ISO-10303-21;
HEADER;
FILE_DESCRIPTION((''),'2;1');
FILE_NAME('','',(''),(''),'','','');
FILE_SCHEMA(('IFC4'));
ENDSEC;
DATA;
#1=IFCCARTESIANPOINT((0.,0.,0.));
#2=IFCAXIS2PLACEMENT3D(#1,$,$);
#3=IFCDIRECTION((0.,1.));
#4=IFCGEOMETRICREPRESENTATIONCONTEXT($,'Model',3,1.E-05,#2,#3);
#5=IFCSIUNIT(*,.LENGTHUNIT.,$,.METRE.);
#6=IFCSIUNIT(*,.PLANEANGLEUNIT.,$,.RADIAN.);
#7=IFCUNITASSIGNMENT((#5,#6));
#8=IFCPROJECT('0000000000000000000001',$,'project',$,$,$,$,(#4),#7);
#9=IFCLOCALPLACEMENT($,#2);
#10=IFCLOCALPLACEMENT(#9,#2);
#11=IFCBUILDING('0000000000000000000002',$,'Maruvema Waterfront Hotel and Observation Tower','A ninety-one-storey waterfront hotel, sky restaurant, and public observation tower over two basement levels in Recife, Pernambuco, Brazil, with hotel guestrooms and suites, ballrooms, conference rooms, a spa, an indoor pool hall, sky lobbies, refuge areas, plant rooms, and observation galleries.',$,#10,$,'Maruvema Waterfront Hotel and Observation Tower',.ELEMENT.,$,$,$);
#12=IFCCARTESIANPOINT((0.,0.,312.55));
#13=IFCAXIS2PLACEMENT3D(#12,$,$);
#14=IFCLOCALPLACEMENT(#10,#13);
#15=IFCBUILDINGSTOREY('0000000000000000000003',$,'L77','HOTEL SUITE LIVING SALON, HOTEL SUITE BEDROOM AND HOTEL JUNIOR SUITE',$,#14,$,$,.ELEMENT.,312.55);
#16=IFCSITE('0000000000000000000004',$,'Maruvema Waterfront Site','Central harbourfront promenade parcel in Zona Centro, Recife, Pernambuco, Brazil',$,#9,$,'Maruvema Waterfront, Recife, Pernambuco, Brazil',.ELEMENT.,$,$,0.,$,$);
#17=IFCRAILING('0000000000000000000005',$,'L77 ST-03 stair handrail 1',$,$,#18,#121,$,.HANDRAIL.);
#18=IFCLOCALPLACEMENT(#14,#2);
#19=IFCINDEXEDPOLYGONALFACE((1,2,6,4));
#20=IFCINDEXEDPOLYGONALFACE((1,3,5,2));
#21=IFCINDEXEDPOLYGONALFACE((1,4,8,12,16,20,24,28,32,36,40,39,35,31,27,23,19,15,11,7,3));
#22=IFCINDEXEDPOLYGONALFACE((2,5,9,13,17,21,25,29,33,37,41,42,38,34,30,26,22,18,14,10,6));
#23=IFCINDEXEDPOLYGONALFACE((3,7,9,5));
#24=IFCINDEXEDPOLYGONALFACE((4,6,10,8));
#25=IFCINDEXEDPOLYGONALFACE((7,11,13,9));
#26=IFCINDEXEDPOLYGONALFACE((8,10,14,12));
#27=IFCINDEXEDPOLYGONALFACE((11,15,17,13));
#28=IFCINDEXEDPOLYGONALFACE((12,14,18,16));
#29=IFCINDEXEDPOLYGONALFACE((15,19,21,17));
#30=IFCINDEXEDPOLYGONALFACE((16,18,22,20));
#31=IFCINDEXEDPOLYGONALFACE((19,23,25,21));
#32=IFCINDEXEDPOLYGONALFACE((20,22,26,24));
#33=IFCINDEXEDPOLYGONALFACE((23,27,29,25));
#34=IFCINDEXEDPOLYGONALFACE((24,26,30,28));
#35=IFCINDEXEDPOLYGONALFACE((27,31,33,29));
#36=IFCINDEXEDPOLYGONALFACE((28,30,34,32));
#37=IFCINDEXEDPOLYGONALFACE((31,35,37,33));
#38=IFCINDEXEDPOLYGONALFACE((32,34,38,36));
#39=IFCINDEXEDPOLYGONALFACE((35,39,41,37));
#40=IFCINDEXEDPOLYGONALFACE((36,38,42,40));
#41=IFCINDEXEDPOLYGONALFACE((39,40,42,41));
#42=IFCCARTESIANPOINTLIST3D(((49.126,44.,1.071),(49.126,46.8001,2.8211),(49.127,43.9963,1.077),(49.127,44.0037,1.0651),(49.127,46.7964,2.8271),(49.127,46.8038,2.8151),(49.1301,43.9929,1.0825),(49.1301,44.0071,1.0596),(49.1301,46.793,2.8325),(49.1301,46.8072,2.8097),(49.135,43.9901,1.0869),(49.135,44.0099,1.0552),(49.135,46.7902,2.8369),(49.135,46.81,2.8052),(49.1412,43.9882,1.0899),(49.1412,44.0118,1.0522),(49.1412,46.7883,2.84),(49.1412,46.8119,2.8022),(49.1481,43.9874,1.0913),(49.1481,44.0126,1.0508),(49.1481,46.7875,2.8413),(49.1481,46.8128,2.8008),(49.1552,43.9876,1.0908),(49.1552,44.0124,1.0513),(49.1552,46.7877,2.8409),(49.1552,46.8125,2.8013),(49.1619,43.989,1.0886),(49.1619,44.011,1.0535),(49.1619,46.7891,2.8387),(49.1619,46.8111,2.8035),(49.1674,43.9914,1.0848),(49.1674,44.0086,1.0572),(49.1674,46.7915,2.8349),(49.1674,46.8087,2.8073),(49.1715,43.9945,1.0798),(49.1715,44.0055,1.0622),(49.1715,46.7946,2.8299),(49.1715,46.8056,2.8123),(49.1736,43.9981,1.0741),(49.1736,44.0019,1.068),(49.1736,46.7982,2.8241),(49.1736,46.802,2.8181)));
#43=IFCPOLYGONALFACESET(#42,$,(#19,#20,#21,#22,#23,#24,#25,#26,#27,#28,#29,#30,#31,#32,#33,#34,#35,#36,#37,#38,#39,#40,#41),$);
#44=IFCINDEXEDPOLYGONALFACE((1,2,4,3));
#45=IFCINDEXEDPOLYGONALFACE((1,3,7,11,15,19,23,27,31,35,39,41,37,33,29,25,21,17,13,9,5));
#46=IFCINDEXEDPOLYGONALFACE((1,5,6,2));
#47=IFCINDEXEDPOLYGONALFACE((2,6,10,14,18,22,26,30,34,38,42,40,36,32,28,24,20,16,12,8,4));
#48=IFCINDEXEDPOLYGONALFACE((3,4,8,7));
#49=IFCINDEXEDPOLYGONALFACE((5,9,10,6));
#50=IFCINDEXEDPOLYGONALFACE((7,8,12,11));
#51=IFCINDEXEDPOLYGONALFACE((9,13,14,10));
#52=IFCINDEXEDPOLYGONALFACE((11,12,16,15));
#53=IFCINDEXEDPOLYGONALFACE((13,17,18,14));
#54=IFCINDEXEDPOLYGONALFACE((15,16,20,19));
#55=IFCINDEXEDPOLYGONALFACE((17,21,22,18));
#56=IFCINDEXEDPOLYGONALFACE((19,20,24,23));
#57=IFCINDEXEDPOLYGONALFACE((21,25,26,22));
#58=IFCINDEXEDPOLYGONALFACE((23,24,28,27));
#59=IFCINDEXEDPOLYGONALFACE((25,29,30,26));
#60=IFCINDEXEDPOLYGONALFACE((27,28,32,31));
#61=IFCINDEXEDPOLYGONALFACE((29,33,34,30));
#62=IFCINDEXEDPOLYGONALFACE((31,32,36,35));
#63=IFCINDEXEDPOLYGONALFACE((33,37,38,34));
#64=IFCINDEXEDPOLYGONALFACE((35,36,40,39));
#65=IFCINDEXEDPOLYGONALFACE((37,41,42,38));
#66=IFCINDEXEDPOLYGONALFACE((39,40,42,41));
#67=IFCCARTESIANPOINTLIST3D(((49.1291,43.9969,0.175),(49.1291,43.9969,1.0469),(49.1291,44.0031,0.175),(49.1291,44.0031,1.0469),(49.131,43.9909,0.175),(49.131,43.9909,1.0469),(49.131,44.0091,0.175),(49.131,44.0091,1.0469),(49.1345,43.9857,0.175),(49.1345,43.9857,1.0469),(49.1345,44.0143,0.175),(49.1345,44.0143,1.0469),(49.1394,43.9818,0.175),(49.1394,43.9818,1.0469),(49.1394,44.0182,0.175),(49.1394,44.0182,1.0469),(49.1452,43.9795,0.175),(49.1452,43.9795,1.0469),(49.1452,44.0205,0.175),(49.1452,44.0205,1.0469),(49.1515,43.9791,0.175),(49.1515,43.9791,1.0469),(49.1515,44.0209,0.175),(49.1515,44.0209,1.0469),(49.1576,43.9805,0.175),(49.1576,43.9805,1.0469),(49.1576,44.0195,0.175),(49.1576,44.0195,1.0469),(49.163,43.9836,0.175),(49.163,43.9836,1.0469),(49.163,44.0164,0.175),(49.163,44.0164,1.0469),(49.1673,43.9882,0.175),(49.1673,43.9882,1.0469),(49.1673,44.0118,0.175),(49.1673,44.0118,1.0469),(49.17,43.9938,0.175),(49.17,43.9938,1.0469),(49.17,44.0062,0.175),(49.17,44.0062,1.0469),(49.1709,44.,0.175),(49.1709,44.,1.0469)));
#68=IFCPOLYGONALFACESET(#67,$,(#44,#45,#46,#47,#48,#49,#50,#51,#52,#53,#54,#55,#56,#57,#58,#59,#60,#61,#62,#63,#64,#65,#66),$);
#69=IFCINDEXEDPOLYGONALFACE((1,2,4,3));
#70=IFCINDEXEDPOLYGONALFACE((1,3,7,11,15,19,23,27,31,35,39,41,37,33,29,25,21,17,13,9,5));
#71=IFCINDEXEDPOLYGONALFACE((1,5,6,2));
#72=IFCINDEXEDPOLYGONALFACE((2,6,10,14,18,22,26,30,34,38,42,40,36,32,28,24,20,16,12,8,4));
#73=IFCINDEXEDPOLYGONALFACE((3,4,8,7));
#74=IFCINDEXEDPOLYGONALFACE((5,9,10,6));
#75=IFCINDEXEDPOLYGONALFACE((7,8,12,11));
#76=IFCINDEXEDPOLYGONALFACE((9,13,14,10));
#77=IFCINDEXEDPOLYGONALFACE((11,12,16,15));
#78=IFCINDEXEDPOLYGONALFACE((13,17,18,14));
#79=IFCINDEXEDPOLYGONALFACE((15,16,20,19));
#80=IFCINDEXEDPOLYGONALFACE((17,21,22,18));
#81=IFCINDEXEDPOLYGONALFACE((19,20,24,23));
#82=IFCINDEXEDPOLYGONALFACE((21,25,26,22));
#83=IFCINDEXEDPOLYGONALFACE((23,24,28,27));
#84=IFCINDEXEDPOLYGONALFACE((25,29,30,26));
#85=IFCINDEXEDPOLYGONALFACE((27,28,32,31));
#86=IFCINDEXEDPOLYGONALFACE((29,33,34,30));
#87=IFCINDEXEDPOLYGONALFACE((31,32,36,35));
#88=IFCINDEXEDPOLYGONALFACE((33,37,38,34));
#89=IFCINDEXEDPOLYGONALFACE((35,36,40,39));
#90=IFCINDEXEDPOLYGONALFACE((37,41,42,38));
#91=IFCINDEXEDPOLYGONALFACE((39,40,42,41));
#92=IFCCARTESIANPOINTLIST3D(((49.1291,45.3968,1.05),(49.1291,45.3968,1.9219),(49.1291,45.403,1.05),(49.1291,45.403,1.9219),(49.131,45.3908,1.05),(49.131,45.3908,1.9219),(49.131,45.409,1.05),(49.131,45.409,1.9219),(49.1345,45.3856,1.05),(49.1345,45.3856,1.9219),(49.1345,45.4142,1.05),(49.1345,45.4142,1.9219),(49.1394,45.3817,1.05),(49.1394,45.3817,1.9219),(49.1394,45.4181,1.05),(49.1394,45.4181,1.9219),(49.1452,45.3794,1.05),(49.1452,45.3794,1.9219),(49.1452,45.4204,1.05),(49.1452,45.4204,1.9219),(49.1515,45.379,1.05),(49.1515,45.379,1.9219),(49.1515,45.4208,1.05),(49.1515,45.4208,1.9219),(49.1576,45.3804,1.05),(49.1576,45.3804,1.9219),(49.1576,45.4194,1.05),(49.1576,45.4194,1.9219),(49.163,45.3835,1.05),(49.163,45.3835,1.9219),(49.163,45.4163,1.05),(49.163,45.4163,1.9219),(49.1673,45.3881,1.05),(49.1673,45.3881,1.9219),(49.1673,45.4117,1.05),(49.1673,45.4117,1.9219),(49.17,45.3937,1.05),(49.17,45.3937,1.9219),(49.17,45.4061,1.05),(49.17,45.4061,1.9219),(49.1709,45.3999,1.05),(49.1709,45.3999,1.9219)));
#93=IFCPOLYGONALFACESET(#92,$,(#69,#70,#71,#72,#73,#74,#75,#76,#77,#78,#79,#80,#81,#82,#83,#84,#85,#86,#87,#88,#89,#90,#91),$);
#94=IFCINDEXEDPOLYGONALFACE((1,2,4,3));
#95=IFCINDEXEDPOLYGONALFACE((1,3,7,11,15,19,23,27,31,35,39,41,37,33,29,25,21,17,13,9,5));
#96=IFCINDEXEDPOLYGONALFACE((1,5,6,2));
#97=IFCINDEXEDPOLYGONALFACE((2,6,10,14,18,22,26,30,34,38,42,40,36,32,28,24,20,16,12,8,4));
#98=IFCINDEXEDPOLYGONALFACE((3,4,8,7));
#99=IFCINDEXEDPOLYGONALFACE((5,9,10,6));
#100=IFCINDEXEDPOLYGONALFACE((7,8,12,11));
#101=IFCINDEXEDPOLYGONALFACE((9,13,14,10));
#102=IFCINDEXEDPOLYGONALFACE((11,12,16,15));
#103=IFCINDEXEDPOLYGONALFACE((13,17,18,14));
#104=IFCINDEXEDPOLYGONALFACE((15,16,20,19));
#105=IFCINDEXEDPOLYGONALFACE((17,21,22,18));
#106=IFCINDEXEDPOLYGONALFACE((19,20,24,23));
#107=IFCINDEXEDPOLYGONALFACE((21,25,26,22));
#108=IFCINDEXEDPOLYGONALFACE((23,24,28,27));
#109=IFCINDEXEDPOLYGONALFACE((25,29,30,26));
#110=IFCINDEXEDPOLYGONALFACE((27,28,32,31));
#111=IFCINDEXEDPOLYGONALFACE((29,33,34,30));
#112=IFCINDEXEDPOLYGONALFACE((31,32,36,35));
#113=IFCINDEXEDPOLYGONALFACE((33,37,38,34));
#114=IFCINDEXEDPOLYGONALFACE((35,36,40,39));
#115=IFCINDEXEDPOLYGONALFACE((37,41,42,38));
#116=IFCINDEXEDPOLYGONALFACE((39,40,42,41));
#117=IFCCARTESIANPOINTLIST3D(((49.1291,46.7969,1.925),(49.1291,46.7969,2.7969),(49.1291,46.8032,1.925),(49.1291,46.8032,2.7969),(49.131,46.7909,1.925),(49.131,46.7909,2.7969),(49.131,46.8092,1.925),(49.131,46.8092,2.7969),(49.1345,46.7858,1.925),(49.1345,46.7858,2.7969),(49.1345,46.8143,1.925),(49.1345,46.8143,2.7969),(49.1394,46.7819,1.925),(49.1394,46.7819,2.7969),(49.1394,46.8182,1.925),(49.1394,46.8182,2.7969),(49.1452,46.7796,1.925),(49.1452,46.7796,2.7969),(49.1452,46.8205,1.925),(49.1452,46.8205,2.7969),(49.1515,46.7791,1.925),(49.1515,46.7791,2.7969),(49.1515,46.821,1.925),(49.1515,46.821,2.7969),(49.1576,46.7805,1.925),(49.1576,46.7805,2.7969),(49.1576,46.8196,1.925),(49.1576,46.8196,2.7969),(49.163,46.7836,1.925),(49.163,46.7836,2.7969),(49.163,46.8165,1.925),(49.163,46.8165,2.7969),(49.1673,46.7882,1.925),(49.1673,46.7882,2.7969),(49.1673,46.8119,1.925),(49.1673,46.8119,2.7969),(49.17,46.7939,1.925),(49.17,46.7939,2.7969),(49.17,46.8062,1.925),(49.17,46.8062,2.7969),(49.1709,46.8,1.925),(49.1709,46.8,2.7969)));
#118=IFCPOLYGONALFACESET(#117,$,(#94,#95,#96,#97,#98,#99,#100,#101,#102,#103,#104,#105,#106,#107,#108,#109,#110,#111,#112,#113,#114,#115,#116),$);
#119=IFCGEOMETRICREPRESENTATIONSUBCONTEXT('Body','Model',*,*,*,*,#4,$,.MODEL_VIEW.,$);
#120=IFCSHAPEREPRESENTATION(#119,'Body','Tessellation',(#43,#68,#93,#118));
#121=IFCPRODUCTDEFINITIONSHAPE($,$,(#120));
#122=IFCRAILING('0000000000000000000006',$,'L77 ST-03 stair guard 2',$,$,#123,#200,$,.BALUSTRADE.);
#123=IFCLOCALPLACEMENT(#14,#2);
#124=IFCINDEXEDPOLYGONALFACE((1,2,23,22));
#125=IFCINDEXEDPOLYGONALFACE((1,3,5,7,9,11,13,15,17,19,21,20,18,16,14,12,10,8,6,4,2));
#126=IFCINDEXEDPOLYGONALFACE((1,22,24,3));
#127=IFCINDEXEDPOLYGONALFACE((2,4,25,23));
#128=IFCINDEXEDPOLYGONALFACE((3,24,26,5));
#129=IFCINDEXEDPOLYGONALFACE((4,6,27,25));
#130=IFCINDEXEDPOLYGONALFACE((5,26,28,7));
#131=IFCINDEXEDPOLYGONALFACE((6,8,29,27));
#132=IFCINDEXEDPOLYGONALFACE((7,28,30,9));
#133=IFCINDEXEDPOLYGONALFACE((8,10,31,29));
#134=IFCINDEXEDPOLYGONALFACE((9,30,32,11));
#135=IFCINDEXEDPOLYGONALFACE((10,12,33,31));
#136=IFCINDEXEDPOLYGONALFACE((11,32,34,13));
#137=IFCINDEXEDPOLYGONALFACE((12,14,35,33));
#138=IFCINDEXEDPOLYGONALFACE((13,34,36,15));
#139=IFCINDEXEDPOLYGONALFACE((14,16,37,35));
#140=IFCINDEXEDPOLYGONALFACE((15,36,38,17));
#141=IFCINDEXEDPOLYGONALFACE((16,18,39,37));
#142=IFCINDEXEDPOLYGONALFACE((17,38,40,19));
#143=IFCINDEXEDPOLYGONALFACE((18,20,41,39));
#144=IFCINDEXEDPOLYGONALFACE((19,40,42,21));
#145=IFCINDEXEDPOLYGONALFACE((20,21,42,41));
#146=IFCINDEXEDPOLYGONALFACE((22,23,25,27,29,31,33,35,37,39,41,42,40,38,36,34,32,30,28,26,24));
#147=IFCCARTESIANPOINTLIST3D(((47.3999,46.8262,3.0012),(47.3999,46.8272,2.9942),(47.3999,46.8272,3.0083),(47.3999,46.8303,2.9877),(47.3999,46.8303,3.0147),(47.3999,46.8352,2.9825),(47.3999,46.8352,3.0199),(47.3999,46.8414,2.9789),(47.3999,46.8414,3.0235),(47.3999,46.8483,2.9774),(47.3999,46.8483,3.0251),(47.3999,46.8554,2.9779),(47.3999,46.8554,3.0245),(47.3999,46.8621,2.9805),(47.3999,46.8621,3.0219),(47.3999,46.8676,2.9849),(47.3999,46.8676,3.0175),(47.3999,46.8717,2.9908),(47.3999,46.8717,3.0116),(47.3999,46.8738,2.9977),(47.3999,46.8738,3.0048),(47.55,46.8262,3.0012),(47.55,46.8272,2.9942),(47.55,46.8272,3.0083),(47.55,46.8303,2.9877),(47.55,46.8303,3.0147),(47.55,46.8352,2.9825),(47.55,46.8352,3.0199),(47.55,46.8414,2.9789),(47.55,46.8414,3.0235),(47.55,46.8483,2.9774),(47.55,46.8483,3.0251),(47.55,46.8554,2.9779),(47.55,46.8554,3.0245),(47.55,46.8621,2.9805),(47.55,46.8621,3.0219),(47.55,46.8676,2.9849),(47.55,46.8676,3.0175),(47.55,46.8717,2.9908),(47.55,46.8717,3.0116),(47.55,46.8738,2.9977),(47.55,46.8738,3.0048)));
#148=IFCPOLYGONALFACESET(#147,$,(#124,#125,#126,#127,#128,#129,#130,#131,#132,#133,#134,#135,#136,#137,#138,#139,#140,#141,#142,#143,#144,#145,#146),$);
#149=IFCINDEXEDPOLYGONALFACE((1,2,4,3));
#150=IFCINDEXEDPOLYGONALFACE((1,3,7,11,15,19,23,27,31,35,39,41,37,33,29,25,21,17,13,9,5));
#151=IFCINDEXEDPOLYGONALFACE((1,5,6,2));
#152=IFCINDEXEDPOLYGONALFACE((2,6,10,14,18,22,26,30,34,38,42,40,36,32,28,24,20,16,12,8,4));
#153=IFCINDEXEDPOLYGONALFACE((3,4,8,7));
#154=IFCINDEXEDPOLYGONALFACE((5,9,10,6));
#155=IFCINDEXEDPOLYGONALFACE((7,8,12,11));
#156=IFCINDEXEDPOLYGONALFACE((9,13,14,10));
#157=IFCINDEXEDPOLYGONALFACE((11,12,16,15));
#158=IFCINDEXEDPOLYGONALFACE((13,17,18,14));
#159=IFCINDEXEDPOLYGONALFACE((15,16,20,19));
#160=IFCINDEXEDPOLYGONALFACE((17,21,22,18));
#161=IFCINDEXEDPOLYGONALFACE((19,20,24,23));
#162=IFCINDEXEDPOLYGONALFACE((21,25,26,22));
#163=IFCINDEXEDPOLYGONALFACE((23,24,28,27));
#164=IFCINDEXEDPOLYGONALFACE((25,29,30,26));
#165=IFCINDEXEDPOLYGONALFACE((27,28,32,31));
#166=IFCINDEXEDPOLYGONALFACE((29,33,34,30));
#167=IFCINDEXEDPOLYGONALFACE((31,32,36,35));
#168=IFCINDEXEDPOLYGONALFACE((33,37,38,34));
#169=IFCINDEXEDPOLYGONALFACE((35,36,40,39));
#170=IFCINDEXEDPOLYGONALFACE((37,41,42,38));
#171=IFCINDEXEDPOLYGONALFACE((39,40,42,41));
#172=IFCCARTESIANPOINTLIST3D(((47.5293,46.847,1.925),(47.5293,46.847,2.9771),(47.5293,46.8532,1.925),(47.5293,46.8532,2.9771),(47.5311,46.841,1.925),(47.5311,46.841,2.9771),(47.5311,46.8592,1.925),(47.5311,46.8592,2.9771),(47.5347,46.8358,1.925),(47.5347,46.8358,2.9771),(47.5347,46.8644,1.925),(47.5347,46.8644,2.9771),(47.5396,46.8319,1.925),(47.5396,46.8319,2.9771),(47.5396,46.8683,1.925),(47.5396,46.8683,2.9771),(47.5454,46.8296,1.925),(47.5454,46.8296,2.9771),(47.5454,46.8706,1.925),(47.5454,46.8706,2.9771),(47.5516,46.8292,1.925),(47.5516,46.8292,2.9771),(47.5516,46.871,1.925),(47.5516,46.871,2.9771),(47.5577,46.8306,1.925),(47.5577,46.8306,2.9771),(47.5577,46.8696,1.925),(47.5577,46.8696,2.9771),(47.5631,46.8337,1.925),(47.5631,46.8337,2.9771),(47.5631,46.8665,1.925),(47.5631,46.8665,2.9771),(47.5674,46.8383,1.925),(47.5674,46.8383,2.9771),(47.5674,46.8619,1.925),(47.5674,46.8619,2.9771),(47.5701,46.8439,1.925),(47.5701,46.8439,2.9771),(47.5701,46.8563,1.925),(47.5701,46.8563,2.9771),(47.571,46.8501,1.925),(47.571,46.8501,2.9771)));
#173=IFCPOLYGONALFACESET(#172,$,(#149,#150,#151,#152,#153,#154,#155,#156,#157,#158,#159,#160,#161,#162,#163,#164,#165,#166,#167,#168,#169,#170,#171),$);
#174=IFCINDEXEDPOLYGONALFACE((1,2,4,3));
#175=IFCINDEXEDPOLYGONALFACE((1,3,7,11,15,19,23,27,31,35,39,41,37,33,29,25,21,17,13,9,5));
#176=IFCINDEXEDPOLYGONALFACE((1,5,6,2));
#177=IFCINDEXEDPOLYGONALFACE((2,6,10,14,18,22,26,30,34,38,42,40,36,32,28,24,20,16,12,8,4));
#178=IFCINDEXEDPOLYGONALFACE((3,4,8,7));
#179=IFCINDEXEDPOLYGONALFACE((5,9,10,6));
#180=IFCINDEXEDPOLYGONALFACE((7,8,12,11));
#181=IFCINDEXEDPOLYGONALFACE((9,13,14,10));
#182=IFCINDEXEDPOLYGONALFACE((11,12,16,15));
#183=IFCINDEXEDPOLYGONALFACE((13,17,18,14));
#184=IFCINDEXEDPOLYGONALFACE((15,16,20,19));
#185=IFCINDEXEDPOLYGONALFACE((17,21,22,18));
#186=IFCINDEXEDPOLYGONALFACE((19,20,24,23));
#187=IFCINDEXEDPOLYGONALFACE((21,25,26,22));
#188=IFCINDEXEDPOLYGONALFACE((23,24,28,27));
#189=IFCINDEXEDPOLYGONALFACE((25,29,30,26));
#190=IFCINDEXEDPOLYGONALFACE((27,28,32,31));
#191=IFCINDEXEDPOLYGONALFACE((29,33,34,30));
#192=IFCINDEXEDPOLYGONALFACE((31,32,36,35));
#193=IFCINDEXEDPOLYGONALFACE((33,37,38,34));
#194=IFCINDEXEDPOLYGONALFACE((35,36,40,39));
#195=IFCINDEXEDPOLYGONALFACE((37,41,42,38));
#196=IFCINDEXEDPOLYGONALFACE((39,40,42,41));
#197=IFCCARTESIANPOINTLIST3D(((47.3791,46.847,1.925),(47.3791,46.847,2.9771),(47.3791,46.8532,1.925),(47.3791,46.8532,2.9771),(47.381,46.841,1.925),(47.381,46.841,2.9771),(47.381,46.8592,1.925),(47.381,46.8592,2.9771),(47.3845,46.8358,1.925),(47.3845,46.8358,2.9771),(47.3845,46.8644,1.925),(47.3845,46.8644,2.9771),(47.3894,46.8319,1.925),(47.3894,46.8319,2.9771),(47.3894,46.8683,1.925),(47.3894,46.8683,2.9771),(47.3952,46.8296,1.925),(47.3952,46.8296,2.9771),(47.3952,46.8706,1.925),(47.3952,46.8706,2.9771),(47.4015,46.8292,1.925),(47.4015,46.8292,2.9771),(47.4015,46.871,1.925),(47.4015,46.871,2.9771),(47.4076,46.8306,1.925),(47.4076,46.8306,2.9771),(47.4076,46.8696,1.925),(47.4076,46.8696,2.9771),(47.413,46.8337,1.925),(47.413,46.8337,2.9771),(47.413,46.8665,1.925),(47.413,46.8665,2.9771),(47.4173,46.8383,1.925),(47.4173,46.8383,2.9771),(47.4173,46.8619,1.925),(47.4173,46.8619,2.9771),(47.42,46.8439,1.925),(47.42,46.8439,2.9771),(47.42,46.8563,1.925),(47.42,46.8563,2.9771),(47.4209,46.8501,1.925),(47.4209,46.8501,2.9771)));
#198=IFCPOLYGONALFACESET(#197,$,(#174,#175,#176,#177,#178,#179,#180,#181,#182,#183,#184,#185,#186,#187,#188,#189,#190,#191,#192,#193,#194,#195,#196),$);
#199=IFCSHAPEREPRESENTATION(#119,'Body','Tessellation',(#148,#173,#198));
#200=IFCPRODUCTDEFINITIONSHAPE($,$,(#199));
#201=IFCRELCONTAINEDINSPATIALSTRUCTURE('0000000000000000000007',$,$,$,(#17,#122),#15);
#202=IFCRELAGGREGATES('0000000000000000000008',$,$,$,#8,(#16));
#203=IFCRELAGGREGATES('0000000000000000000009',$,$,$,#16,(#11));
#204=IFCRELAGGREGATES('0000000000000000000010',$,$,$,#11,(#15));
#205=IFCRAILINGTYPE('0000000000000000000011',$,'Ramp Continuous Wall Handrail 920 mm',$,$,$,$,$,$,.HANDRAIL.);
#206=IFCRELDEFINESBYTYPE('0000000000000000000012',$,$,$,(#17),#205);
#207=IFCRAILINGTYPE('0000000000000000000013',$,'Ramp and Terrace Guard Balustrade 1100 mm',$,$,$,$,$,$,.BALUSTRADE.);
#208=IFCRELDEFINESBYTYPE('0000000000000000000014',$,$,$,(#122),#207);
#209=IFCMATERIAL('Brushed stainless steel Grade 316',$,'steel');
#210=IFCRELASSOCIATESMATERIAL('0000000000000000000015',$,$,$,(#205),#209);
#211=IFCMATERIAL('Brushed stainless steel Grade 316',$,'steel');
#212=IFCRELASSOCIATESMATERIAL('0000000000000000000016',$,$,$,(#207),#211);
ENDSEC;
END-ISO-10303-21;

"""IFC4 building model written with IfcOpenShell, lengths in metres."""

from ifc_helpers import new_model, si_unit, direction, frame, origin, origin_2d, place, context, subcontext, project, spatial, circle, extrude, material, type_object, element, save


model = new_model("IFC4")

# Units and contexts
model_context = context("Model", 3, precision=1e-05, world=origin(), true_north=direction((0.0, 1.0)))
body_context = subcontext(model_context, "Body", "Model", "MODEL_VIEW")
ifc_project = project(units=[si_unit("LENGTHUNIT", "METRE"), si_unit("PLANEANGLEUNIT", "RADIAN")], contexts=[model_context])

# Site, building, storey
site_placement = place(None, origin())
site = spatial("IfcSite", under=ifc_project, at=site_placement, Name="Maruvema Waterfront Site", Description="Central harbourfront promenade parcel in Zona Centro, Recife, Pernambuco, Brazil", LongName="Maruvema Waterfront, Recife, Pernambuco, Brazil", CompositionType="ELEMENT", RefElevation=0.0)
building_placement = place(site_placement, origin())
building = spatial("IfcBuilding", under=site, at=building_placement, Name="Maruvema Waterfront Hotel and Observation Tower", Description="A ninety-one-storey waterfront hotel, sky restaurant, and public observation tower over two basement levels in Recife, Pernambuco, Brazil, with hotel guestrooms and suites, ballrooms, conference rooms, a spa, an indoor pool hall, sky lobbies, refuge areas, plant rooms, and observation galleries.", LongName="Maruvema Waterfront Hotel and Observation Tower", CompositionType="ELEMENT")
storey_placement = place(building_placement, frame((0.0, 0.0, 312.55)))
storey = spatial("IfcBuildingStorey", under=building, at=storey_placement, Name="L77", Description="HOTEL SUITE LIVING SALON, HOTEL SUITE BEDROOM AND HOTEL JUNIOR SUITE", CompositionType="ELEMENT", Elevation=312.55)

# Railings
ifc_material_1 = material(Name="Brushed stainless steel Grade 316", Category="steel")
railing_type_1 = type_object("IfcRailingType", Name="Ramp Continuous Wall Handrail 920 mm", PredefinedType="HANDRAIL", material=ifc_material_1)
railing_1_placement = place(storey_placement, frame((49.1499, 44.0, 0.175)))
element("IfcRailing", 1, at=railing_1_placement, inside=storey, type_object=railing_type_1, Name="L77 ST-03 stair handrail 1", PredefinedType="HANDRAIL", context=body_context, shape_type="SweptSolid", body=[
    extrude(circle(Radius=0.0239, at=origin_2d()), frame((0.0, 0.0, 0.896), z_axis=(0.0, 0.848002, 0.529992), x_axis=(-1.0, 0.0, 0.0)), (0.0, 0.0, 1.0), 3.302),
    extrude(circle(Radius=0.021, at=origin_2d()), origin(), (0.0, 0.0, 1.0), 0.8718),
    extrude(circle(Radius=0.021, at=origin_2d()), frame((0.0, 1.3999, 0.875)), (0.0, 0.0, 1.0), 0.8718),
    extrude(circle(Radius=0.021, at=origin_2d()), frame((0.0, 2.8, 1.75)), (0.0, 0.0, 1.0), 0.8718),
])
ifc_material_2 = material(Name="Brushed stainless steel Grade 316", Category="steel")
railing_type_2 = type_object("IfcRailingType", Name="Ramp and Terrace Guard Balustrade 1100 mm", PredefinedType="BALUSTRADE", material=ifc_material_2)
railing_2_placement = place(storey_placement, frame((47.55, 46.8501, 1.925)))
element("IfcRailing", 2, at=railing_2_placement, inside=storey, type_object=railing_type_2, Name="L77 ST-03 stair guard 2", PredefinedType="BALUSTRADE", context=body_context, shape_type="SweptSolid", body=[
    extrude(circle(Radius=0.0239, at=origin_2d()), frame((0.0, 0.0, 1.0762), z_axis=(-1.0, 0.0, 0.0), x_axis=(0.0, -1.0, 0.0)), (0.0, 0.0, 1.0), 0.1501),
    extrude(circle(Radius=0.021, at=origin_2d()), origin(), (0.0, 0.0, 1.0), 1.052),
    extrude(circle(Radius=0.021, at=origin_2d()), frame((-0.1501, 0.0, 0.0)), (0.0, 0.0, 1.0), 1.052),
])

save(model, "model.ifc")
